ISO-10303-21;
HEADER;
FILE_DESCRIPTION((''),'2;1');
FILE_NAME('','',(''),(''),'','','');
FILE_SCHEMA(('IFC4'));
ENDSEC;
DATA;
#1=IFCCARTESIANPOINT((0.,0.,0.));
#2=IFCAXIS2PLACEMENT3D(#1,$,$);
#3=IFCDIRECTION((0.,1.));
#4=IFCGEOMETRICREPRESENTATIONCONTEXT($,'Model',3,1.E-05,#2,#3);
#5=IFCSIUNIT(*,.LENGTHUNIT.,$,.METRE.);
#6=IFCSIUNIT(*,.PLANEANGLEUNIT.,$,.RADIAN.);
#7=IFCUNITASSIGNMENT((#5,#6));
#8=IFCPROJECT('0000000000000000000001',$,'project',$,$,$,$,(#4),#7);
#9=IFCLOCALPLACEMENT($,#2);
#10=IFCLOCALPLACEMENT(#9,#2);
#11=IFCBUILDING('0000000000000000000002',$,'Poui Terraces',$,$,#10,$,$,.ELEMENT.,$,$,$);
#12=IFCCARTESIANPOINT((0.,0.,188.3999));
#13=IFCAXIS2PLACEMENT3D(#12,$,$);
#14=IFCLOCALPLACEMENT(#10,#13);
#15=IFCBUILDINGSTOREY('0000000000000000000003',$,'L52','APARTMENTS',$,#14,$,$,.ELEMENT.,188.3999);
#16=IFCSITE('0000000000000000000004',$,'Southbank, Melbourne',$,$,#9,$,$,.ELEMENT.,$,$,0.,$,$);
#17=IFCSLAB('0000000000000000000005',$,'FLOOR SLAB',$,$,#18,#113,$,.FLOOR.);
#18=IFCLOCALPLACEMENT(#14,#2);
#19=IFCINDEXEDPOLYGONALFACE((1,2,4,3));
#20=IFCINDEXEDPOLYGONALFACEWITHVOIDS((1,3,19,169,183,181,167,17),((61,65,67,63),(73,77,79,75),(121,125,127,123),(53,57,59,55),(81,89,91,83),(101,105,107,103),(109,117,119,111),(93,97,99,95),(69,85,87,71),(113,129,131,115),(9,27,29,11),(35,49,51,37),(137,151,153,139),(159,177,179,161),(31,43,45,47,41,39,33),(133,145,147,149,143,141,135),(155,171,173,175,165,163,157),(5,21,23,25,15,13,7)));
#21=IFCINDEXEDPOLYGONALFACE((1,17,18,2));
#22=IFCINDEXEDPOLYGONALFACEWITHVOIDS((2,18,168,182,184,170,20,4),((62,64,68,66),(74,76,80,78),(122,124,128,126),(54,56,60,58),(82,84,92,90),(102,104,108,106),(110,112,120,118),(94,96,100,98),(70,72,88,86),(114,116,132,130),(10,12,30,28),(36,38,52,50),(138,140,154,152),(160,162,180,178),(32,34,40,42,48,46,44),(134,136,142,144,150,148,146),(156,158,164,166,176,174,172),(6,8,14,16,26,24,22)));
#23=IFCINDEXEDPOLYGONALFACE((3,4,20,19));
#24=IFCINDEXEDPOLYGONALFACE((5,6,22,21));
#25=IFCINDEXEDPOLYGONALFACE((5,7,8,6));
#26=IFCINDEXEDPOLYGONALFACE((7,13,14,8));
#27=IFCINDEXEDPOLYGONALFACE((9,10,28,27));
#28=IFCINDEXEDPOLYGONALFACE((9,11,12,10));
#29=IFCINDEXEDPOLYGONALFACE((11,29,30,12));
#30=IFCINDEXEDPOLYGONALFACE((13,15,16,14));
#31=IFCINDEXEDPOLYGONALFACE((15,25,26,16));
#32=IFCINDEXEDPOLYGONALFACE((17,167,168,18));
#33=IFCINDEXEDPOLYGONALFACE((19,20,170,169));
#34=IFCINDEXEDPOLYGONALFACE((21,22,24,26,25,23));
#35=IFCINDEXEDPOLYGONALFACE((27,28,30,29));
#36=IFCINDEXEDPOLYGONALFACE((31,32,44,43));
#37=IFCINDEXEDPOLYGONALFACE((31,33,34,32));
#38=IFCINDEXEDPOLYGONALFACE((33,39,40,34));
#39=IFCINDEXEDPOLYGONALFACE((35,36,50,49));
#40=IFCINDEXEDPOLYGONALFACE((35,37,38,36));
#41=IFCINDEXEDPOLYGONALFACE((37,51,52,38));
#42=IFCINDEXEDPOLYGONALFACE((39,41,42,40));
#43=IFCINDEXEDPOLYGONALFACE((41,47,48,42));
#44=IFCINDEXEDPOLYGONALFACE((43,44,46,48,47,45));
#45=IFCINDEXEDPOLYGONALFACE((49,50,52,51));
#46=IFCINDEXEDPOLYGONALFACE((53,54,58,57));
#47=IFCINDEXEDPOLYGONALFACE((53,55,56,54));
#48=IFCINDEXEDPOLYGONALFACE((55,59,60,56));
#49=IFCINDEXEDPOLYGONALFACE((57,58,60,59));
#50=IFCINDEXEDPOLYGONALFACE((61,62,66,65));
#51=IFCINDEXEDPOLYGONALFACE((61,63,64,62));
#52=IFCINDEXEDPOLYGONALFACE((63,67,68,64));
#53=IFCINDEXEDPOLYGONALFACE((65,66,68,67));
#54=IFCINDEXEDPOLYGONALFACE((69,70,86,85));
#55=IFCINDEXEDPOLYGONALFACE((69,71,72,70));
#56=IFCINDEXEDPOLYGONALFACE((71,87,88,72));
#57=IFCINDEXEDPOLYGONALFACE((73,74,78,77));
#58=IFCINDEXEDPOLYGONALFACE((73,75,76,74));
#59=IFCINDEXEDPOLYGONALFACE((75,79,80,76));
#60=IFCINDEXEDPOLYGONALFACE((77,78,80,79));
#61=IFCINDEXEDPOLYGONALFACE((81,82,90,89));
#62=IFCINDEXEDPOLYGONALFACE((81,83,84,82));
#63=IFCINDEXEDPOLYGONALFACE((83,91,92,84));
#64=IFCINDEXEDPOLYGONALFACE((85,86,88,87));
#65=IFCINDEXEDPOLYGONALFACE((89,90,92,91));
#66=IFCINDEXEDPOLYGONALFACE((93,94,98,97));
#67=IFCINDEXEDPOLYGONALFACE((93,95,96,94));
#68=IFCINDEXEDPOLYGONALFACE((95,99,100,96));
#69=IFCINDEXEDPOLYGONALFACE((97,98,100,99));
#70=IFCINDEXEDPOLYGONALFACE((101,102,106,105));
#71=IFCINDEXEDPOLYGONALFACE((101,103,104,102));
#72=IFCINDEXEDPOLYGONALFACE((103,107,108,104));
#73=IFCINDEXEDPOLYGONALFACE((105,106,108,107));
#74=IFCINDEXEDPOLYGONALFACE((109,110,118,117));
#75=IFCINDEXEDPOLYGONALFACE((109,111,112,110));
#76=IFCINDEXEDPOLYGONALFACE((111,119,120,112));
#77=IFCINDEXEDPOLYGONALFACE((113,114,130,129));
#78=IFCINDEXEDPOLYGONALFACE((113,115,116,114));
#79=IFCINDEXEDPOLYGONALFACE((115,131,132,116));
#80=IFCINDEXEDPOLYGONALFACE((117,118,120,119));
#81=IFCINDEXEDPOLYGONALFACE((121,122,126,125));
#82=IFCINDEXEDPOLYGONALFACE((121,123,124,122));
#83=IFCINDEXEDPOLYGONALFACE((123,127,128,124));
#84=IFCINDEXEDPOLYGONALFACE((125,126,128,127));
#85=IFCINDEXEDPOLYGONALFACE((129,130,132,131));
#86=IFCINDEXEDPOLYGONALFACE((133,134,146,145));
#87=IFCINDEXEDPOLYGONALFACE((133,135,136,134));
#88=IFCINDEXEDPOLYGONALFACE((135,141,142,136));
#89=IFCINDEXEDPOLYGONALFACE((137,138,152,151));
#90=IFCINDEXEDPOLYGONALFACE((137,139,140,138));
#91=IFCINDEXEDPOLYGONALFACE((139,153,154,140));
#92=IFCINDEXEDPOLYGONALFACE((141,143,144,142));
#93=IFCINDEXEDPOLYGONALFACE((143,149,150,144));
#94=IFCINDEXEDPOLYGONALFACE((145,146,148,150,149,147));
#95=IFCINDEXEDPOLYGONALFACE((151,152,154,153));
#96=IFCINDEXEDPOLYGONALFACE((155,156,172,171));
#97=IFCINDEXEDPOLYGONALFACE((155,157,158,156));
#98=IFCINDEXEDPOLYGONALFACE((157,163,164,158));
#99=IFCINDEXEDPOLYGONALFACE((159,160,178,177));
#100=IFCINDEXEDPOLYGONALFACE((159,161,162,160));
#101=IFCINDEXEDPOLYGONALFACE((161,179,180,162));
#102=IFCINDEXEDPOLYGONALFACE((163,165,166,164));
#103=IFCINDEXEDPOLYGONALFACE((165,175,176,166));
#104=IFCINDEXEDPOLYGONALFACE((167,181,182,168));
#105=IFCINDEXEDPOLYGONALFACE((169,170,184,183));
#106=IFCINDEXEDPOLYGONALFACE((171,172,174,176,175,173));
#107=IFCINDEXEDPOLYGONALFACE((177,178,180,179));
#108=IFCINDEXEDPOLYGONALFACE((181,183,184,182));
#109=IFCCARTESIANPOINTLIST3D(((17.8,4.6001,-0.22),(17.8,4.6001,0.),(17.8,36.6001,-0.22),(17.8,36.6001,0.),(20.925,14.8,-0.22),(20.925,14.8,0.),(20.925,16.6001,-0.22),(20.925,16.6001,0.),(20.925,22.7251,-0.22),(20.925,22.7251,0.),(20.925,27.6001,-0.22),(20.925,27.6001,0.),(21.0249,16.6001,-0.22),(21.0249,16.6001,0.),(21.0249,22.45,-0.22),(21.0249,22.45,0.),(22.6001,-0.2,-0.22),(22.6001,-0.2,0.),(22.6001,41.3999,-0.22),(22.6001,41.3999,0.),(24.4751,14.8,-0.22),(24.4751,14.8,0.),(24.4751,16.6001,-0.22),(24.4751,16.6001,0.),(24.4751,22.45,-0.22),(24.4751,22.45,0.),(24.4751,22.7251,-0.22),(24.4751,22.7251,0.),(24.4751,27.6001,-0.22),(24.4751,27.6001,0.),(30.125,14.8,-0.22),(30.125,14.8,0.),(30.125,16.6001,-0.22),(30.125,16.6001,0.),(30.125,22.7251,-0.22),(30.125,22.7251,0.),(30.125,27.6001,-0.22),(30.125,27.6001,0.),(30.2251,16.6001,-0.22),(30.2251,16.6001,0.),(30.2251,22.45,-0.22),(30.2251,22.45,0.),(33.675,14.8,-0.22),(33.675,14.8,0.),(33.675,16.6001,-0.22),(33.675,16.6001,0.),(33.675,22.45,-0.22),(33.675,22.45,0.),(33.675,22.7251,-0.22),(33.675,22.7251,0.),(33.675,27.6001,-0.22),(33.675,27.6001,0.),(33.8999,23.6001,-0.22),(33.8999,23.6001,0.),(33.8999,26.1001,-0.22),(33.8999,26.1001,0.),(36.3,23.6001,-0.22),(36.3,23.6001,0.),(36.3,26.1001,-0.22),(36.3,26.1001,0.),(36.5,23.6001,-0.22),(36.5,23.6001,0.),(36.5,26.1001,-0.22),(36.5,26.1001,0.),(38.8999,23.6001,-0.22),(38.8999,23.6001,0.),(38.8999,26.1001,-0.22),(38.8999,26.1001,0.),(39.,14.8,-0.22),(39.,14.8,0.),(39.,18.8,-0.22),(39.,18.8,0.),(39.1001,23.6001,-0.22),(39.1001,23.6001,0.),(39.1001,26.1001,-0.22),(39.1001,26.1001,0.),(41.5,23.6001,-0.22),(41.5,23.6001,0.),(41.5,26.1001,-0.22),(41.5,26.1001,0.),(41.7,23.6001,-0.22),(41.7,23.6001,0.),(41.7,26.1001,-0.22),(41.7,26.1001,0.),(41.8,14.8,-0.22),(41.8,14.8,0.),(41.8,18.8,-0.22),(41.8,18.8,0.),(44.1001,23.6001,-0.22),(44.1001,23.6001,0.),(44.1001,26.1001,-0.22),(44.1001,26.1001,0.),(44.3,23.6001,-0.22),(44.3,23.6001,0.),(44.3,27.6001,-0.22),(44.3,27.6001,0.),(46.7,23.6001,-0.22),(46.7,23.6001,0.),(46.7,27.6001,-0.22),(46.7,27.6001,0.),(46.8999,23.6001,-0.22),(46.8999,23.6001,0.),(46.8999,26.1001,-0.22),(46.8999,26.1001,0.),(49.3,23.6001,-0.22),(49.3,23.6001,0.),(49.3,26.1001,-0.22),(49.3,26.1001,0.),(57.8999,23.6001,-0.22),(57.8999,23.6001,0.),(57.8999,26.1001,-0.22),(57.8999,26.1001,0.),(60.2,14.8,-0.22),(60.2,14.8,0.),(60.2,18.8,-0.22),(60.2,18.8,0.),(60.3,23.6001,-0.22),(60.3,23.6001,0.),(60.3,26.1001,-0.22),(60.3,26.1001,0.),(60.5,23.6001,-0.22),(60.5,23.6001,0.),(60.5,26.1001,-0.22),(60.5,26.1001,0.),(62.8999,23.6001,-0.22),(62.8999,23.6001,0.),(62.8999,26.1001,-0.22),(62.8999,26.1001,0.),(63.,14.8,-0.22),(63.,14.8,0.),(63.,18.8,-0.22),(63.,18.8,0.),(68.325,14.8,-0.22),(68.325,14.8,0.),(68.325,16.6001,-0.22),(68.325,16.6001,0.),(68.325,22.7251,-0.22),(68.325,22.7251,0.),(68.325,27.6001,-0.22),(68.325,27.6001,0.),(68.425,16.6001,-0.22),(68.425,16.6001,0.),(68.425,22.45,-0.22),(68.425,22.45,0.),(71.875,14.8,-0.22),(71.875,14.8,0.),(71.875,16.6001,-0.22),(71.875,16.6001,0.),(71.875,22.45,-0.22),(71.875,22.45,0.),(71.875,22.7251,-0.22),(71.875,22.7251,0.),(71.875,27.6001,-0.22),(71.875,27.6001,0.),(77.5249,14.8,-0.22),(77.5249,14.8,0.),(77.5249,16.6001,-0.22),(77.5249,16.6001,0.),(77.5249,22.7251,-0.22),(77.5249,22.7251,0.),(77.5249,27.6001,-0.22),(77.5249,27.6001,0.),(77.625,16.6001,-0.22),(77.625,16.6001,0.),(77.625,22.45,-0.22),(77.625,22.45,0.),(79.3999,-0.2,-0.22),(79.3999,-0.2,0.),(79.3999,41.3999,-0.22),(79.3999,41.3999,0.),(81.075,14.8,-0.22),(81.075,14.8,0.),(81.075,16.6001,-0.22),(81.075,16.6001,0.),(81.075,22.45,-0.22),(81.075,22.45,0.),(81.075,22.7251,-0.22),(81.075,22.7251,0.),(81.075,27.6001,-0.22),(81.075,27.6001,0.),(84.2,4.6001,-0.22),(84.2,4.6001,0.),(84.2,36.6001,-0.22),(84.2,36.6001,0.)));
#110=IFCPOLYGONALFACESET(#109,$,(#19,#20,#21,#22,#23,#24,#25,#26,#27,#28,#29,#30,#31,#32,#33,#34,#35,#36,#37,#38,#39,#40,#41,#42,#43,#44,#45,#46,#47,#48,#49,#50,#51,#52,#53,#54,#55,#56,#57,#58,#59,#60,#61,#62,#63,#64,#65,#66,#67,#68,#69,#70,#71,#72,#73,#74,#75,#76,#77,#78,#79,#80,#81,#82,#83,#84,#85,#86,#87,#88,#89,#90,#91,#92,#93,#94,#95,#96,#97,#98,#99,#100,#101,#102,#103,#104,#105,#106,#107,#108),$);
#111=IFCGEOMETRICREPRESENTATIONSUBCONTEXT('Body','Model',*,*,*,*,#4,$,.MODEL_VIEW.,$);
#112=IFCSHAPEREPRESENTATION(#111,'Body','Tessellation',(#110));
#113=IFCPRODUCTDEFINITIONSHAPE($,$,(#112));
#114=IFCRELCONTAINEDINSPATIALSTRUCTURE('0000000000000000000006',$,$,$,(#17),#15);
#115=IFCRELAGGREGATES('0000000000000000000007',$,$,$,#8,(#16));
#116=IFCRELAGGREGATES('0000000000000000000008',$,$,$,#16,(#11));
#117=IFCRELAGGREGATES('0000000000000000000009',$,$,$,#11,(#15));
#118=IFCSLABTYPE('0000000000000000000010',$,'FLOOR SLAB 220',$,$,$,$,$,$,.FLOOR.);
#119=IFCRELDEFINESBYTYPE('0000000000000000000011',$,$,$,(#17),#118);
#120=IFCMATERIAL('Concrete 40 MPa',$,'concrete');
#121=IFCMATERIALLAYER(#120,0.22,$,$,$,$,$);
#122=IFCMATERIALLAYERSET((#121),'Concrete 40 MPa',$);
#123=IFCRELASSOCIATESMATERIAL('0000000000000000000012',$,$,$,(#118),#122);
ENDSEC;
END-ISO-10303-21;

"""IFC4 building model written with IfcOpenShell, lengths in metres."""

from ifc_helpers import new_model, si_unit, direction, frame, origin, place, context, subcontext, project, spatial, polyline, outline, extrude, source, transform, mapped, material, layer, layer_set, type_object, element, save


model = new_model("IFC4")

# Units and contexts
model_context = context("Model", 3, precision=1e-05, world=origin(), true_north=direction((0.0, 1.0)))
body_context = subcontext(model_context, "Body", "Model", "MODEL_VIEW")
ifc_project = project(units=[si_unit("LENGTHUNIT", "METRE"), si_unit("PLANEANGLEUNIT", "RADIAN")], contexts=[model_context])

# Site, building, storey
site_placement = place(None, origin())
site = spatial("IfcSite", under=ifc_project, at=site_placement, Name="Southbank, Melbourne", CompositionType="ELEMENT", RefElevation=0.0)
building_placement = place(site_placement, origin())
building = spatial("IfcBuilding", under=site, at=building_placement, Name="Poui Terraces", CompositionType="ELEMENT")
storey_placement = place(building_placement, frame((0.0, 0.0, 188.3999)))
storey = spatial("IfcBuildingStorey", under=building, at=storey_placement, Name="L52", Description="APARTMENTS", CompositionType="ELEMENT", Elevation=188.3999)

# Slab
ifc_material = material(Name="Concrete 40 MPa", Category="concrete")
ifc_layer = layer(ifc_material, 0.22)
ifc_layer_set = layer_set([ifc_layer], Name="Concrete 40 MPa")
slab_type = type_object("IfcSlabType", Name="FLOOR SLAB 220", PredefinedType="FLOOR", material=ifc_layer_set)
shared_shape = source(origin(), body_context, "Body", "SweptSolid", [
    extrude(outline(polyline([(0.0, 0.0), (4.8, -4.8), (61.5999, -4.8), (66.3999, 0.0), (66.3999, 32.0), (61.5999, 36.7998), (4.8, 36.7998), (0.0, 32.0), (0.0, 0.0)]), holes=[polyline([(21.2, 10.2), (21.2, 14.2), (24.0, 14.2), (24.0, 10.2), (21.2, 10.2)]), polyline([(3.2249, 17.8499), (6.675, 17.8499), (6.675, 12.0), (6.675, 10.2), (3.125, 10.2), (3.125, 12.0), (3.2249, 12.0), (3.2249, 17.8499)]), polyline([(12.425, 17.8499), (15.875, 17.8499), (15.875, 12.0), (15.875, 10.2), (12.325, 10.2), (12.325, 12.0), (12.425, 12.0), (12.425, 17.8499)]), polyline([(16.0999, 19.0), (16.0999, 21.5), (18.5, 21.5), (18.5, 19.0), (16.0999, 19.0)]), polyline([(18.7, 19.0), (18.7, 21.5), (21.0999, 21.5), (21.0999, 19.0), (18.7, 19.0)]), polyline([(21.3, 19.0), (21.3, 21.5), (23.7, 21.5), (23.7, 19.0), (21.3, 19.0)]), polyline([(23.8999, 19.0), (23.8999, 21.5), (26.3, 21.5), (26.3, 19.0), (23.8999, 19.0)]), polyline([(3.125, 23.0), (6.675, 23.0), (6.675, 18.125), (3.125, 18.125), (3.125, 23.0)]), polyline([(12.325, 23.0), (15.875, 23.0), (15.875, 18.125), (12.325, 18.125), (12.325, 23.0)]), polyline([(42.3999, 10.2), (42.3999, 14.2), (45.2, 14.2), (45.2, 10.2), (42.3999, 10.2)]), polyline([(50.625, 17.8499), (54.075, 17.8499), (54.075, 12.0), (54.075, 10.2), (50.5249, 10.2), (50.5249, 12.0), (50.625, 12.0), (50.625, 17.8499)]), polyline([(59.825, 17.8499), (63.2749, 17.8499), (63.2749, 12.0), (63.2749, 10.2), (59.7249, 10.2), (59.7249, 12.0), (59.825, 12.0), (59.825, 17.8499)]), polyline([(29.0999, 19.0), (29.0999, 21.5), (31.5, 21.5), (31.5, 19.0), (29.0999, 19.0)]), polyline([(40.0999, 19.0), (40.0999, 21.5), (42.5, 21.5), (42.5, 19.0), (40.0999, 19.0)]), polyline([(42.7, 19.0), (42.7, 21.5), (45.0999, 21.5), (45.0999, 19.0), (42.7, 19.0)]), polyline([(50.5249, 18.125), (50.5249, 23.0), (54.075, 23.0), (54.075, 18.125), (50.5249, 18.125)]), polyline([(59.7249, 23.0), (63.2749, 23.0), (63.2749, 18.125), (59.7249, 18.125), (59.7249, 23.0)]), polyline([(26.5, 23.0), (28.8999, 23.0), (28.8999, 19.0), (26.5, 19.0), (26.5, 23.0)])]), origin(), (0.0, 0.0, 1.0), 0.22),
])
slab_placement = place(storey_placement, frame((17.8, 4.6001, -0.22)))
element("IfcSlab", 1, at=slab_placement, inside=storey, type_object=slab_type, Name="FLOOR SLAB", PredefinedType="FLOOR", context=body_context, shape_type="MappedRepresentation", body=[
    mapped(shared_shape, transform((0.0, 0.0, 0.0))),
])

save(model, "model.ifc")
